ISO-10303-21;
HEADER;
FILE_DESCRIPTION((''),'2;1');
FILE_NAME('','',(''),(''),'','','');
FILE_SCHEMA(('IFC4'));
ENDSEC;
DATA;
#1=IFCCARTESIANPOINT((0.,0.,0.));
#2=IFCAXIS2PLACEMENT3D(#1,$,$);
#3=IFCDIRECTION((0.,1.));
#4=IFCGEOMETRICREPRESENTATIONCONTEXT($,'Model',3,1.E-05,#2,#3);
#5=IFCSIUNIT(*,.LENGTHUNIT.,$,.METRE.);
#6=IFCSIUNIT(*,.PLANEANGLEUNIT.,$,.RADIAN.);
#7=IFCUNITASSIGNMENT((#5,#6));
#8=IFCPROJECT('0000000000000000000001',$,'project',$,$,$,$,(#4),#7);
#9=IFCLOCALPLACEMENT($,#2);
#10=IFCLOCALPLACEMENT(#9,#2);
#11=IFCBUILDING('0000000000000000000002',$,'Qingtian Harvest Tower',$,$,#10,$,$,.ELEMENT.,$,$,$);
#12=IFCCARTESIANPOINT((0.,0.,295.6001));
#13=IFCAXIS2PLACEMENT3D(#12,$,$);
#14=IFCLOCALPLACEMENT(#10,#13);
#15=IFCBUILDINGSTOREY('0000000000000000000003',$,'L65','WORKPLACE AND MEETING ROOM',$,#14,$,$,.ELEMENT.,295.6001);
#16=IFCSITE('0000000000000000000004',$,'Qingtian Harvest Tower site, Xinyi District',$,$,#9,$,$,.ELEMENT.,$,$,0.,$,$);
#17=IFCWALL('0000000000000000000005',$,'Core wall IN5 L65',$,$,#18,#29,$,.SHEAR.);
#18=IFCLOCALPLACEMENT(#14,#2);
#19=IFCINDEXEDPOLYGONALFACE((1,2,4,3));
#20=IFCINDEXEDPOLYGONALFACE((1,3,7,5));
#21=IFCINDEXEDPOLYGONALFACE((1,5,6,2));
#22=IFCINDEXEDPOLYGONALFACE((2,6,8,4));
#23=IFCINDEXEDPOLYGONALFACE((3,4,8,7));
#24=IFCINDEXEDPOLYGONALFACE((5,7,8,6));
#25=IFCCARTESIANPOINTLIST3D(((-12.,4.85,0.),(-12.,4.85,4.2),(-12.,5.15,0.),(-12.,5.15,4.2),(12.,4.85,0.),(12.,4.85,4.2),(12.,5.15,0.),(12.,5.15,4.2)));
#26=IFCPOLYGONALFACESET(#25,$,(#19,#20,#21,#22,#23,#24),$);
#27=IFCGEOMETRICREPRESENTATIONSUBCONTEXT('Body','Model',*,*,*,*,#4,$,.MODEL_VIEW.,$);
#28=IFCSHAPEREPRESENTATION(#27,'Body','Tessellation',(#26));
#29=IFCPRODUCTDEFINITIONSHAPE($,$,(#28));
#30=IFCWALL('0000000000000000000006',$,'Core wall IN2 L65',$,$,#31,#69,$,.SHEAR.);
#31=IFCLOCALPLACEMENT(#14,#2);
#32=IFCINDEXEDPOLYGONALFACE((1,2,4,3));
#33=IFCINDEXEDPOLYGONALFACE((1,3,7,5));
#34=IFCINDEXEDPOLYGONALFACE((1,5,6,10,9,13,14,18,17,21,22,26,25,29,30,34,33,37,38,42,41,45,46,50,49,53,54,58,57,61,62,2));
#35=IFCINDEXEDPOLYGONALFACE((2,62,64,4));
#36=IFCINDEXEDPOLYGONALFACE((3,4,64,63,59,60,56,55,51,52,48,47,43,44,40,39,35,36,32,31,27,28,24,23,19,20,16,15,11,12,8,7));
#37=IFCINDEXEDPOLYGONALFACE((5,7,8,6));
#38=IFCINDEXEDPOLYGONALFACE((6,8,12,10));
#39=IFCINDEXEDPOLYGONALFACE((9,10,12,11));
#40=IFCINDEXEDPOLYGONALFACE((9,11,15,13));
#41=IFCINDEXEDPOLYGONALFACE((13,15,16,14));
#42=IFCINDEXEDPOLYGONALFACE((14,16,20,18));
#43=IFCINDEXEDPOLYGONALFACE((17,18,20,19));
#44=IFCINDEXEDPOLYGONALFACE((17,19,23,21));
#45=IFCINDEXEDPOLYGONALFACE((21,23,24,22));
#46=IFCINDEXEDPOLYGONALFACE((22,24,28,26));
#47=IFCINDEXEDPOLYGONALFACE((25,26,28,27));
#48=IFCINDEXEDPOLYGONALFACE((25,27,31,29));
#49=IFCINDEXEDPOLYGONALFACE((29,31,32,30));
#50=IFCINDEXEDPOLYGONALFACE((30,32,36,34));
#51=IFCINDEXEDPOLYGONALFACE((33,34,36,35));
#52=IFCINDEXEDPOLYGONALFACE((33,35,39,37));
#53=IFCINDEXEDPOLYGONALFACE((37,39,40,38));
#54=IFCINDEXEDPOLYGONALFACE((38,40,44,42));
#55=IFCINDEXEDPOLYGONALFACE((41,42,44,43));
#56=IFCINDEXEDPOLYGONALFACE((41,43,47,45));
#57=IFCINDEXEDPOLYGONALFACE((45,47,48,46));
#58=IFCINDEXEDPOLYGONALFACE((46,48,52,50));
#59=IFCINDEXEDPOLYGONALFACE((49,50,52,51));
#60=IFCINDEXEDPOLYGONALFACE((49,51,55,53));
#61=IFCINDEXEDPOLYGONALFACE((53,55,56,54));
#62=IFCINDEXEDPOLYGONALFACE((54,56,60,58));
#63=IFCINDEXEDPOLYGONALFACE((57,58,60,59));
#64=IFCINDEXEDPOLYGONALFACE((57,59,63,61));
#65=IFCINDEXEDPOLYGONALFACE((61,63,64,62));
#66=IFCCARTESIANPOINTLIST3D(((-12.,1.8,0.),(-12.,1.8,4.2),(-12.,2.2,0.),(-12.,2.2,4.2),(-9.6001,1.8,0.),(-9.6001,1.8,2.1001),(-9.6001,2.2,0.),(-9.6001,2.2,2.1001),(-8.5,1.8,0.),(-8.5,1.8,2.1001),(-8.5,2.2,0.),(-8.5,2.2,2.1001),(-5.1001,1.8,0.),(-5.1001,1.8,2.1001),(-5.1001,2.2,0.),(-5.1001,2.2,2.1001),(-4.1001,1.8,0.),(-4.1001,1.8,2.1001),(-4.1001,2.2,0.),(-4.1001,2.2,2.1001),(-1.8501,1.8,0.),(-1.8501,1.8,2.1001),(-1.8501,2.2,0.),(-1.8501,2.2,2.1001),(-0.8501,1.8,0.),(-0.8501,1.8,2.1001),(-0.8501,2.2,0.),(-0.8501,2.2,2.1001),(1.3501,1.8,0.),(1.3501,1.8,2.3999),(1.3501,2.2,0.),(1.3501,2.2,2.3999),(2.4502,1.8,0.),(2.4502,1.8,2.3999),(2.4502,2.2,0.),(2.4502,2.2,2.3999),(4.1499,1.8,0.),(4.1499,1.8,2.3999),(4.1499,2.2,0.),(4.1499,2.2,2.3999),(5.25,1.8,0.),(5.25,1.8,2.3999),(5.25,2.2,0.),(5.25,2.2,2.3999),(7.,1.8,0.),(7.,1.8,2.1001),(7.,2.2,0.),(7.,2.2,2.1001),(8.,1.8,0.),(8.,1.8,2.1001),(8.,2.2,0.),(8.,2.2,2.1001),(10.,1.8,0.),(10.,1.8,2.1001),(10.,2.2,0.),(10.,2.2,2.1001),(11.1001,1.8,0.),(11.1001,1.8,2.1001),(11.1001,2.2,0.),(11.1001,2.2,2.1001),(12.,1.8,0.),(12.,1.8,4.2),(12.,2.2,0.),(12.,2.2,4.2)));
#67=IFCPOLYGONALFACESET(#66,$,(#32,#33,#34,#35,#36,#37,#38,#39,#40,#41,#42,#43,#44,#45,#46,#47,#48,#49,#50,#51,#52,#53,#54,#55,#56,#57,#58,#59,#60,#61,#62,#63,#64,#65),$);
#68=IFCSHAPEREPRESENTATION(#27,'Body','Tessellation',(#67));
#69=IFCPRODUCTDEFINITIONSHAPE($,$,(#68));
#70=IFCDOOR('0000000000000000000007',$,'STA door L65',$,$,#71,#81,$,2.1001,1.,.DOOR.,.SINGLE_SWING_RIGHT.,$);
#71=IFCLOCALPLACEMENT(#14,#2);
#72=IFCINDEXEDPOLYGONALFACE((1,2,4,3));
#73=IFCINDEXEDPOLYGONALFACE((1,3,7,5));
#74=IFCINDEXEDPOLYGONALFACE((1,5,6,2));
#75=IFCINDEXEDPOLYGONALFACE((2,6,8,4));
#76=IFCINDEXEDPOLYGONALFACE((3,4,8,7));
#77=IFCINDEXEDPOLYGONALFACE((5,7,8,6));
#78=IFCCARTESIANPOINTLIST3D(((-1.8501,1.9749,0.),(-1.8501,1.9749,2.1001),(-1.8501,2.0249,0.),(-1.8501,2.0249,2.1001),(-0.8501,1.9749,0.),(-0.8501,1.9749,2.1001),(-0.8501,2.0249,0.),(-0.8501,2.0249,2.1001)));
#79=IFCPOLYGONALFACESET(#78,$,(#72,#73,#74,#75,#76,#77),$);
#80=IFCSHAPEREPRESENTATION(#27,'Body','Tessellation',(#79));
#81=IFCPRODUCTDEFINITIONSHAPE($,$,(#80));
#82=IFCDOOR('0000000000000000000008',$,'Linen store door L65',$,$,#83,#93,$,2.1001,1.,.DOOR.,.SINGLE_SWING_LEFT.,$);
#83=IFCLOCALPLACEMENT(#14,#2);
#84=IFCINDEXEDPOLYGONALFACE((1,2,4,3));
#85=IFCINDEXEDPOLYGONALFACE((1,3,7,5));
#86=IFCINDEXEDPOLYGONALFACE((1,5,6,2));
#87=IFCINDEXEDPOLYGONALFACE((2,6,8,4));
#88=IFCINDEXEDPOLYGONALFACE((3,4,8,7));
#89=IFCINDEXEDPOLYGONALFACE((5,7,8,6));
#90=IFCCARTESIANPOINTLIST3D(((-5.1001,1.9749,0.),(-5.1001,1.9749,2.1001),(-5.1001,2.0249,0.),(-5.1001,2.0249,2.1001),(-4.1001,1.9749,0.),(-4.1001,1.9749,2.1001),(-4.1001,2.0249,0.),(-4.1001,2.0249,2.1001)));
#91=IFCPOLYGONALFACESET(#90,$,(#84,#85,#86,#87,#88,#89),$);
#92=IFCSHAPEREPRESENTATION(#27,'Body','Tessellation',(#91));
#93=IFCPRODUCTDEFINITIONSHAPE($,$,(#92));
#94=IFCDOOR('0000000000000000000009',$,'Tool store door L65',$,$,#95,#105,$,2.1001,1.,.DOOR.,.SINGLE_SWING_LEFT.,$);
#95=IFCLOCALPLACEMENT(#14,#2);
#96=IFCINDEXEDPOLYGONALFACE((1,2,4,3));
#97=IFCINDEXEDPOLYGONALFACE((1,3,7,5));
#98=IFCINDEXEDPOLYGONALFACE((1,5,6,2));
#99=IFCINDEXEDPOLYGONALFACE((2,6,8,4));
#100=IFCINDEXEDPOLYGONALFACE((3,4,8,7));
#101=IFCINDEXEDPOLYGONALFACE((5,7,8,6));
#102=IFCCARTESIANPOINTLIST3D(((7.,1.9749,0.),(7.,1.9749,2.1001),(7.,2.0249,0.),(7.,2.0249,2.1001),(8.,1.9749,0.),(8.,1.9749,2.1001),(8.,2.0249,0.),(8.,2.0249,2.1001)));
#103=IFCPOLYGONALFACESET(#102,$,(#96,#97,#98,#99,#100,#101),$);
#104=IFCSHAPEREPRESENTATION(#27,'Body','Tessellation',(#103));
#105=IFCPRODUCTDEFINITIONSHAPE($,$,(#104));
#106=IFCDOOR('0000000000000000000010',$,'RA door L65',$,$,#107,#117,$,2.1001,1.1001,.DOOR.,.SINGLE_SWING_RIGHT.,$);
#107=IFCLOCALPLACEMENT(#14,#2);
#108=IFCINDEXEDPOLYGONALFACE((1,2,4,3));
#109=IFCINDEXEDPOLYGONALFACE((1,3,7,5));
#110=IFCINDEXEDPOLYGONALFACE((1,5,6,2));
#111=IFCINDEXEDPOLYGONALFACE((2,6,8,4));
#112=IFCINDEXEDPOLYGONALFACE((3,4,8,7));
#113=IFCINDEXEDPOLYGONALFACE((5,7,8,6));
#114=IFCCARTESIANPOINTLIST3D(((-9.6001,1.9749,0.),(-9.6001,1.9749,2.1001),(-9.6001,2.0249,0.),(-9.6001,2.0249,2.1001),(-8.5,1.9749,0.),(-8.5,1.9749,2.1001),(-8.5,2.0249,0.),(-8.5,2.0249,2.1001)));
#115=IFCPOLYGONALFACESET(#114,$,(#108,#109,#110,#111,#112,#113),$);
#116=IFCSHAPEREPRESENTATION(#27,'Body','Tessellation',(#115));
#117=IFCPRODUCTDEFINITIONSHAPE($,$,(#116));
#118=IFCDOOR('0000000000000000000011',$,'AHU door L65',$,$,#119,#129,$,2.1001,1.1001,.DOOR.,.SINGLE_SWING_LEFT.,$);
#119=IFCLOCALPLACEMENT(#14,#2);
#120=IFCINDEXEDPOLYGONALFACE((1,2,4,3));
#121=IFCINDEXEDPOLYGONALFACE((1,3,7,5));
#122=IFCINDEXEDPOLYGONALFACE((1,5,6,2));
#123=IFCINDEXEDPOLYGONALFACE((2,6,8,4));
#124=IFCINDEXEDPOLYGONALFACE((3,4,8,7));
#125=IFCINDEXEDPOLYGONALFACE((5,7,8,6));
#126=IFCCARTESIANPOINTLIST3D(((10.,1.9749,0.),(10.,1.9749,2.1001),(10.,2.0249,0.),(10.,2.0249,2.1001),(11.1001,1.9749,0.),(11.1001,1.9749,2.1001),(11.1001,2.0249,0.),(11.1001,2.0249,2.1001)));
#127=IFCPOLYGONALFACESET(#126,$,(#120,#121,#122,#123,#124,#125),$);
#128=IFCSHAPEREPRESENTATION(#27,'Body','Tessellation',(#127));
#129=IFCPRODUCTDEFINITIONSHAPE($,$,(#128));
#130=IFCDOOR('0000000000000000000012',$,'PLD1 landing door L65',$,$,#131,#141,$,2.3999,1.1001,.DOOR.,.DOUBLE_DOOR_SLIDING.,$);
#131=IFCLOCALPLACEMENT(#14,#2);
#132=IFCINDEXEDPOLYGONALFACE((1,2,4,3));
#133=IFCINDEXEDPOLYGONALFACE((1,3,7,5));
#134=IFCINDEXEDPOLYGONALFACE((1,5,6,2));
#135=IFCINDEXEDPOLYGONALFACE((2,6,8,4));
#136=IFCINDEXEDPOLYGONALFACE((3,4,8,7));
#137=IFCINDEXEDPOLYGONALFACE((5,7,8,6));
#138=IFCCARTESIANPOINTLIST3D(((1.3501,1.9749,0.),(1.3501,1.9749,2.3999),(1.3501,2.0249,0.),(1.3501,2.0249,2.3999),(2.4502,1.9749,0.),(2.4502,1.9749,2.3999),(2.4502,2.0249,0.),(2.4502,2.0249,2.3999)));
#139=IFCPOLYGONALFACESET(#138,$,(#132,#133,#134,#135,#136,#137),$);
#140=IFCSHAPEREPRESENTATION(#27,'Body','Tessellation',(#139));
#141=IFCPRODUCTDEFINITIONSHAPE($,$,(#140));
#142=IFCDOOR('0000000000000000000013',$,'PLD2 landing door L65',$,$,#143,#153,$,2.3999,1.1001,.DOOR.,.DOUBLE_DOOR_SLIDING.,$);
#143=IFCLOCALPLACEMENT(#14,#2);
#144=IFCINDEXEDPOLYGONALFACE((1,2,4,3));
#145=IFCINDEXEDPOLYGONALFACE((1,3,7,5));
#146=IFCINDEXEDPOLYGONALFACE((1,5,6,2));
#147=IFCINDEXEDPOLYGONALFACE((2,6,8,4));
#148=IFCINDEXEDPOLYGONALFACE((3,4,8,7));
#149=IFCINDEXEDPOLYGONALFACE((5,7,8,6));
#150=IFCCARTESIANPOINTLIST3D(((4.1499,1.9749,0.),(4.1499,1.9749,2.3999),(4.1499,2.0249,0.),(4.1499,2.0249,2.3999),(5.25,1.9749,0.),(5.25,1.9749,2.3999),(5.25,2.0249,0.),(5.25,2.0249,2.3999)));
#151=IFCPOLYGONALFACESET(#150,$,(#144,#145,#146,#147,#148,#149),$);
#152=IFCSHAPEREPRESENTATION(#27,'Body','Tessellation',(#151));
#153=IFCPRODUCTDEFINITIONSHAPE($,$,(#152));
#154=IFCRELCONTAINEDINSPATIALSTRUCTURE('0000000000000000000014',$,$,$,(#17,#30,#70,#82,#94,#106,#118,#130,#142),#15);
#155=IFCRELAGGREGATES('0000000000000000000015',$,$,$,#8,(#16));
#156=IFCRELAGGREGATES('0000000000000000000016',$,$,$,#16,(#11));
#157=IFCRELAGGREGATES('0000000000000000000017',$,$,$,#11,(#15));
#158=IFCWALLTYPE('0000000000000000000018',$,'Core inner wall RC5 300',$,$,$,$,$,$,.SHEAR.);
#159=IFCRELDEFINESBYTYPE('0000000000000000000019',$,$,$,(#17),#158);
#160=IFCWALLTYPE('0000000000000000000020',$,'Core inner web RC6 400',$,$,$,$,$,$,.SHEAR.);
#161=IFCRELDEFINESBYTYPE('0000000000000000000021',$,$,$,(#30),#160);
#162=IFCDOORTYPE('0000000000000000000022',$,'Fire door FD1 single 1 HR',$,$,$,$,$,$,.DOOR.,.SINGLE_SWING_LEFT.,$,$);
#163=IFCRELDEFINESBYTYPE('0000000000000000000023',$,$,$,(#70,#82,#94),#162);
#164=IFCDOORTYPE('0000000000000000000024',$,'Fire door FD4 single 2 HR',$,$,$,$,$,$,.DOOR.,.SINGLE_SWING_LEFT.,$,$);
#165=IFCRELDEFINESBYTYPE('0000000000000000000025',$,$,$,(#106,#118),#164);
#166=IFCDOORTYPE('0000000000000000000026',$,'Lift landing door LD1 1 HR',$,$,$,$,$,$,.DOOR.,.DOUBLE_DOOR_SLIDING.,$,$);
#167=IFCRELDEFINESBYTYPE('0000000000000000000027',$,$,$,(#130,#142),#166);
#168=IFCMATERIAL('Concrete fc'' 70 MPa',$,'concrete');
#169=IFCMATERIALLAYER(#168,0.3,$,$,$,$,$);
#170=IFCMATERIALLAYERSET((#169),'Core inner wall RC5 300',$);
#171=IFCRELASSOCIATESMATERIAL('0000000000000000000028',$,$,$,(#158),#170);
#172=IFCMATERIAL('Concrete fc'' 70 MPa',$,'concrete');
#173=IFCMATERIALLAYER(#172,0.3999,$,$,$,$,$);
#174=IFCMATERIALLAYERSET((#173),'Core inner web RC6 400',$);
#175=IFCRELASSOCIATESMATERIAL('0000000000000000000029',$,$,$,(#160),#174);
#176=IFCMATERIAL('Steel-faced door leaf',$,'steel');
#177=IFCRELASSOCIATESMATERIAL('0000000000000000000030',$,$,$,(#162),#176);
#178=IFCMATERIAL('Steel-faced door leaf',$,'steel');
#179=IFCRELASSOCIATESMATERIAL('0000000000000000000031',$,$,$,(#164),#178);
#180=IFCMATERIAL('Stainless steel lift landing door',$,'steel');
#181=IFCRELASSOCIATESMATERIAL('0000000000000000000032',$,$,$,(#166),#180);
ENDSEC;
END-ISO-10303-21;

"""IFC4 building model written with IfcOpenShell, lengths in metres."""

from ifc_helpers import new_model, si_unit, direction, frame, frame_2d, origin, place, context, subcontext, project, spatial, rectangle, extrude, material, layer, layer_set, type_object, element, fill, save


model = new_model("IFC4")

# Units and contexts
model_context = context("Model", 3, precision=1e-05, world=origin(), true_north=direction((0.0, 1.0)))
body_context = subcontext(model_context, "Body", "Model", "MODEL_VIEW")
ifc_project = project(units=[si_unit("LENGTHUNIT", "METRE"), si_unit("PLANEANGLEUNIT", "RADIAN")], contexts=[model_context])

# Site, building, storey
site_placement = place(None, origin())
site = spatial("IfcSite", under=ifc_project, at=site_placement, Name="Qingtian Harvest Tower site, Xinyi District", CompositionType="ELEMENT", RefElevation=0.0)
building_placement = place(site_placement, origin())
building = spatial("IfcBuilding", under=site, at=building_placement, Name="Qingtian Harvest Tower", CompositionType="ELEMENT")
storey_placement = place(building_placement, frame((0.0, 0.0, 295.6001)))
storey = spatial("IfcBuildingStorey", under=building, at=storey_placement, Name="L65", Description="WORKPLACE AND MEETING ROOM", CompositionType="ELEMENT", Elevation=295.6001)

# Wall
ifc_material_1 = material(Name="Concrete fc' 70 MPa", Category="concrete")
ifc_layer_1 = layer(ifc_material_1, 0.3)
ifc_layer_set_1 = layer_set([ifc_layer_1], Name="Core inner wall RC5 300")
wall_type_1 = type_object("IfcWallType", Name="Core inner wall RC5 300", PredefinedType="SHEAR", material=ifc_layer_set_1)
wall_1_placement = place(storey_placement, frame((-12.0, 5.0, 0.0), z_axis=(0.0, 0.0, 1.0), x_axis=(1.0, 0.0, 0.0)))
element("IfcWall", 1, at=wall_1_placement, inside=storey, type_object=wall_type_1, Name="Core wall IN5 L65", PredefinedType="SHEAR", context=body_context, shape_type="SweptSolid", body=[
    extrude(rectangle(XDim=24.0, YDim=0.3, at=frame_2d((12.0, 0.0))), origin(), (0.0, 0.0, 1.0), 4.2),
])

# Wall, openings, doors
ifc_material_2 = material(Name="Concrete fc' 70 MPa", Category="concrete")
ifc_layer_2 = layer(ifc_material_2, 0.3999)
ifc_layer_set_2 = layer_set([ifc_layer_2], Name="Core inner web RC6 400")
wall_type_2 = type_object("IfcWallType", Name="Core inner web RC6 400", PredefinedType="SHEAR", material=ifc_layer_set_2)
wall_2_placement = place(storey_placement, frame((-12.0, 2.0, 0.0), z_axis=(0.0, 0.0, 1.0), x_axis=(1.0, 0.0, 0.0)))
wall_2 = element("IfcWall", 2, at=wall_2_placement, inside=storey, type_object=wall_type_2, Name="Core wall IN2 L65", PredefinedType="SHEAR", context=body_context, shape_type="SweptSolid", body=[
    extrude(rectangle(XDim=24.0, YDim=0.3999, at=frame_2d((12.0, 0.0))), origin(), (0.0, 0.0, 1.0), 4.2),
])
opening_1_placement = place(wall_2_placement, frame((2.3999, 0.0, 0.0)))
opening_1 = element("IfcOpeningElement", 3, at=opening_1_placement, cuts=wall_2, PredefinedType="OPENING", context=body_context, shape_type="SweptSolid", body=[
    extrude(rectangle(XDim=1.1001, YDim=2.1001, at=frame_2d((0.55, 1.05))), frame((0.0, 0.21, 0.0), z_axis=(0.0, -1.0, 0.0), x_axis=(1.0, 0.0, 0.0)), (0.0, 0.0, 1.0), 0.4199),
])
opening_2_placement = place(wall_2_placement, frame((22.0, 0.0, 0.0)))
opening_2 = element("IfcOpeningElement", 4, at=opening_2_placement, cuts=wall_2, PredefinedType="OPENING", context=body_context, shape_type="SweptSolid", body=[
    extrude(rectangle(XDim=1.1001, YDim=2.1001, at=frame_2d((0.55, 1.05))), frame((0.0, 0.21, 0.0), z_axis=(0.0, -1.0, 0.0), x_axis=(1.0, 0.0, 0.0)), (0.0, 0.0, 1.0), 0.4199),
])
opening_3_placement = place(wall_2_placement, frame((10.1499, 0.0, 0.0)))
opening_3 = element("IfcOpeningElement", 5, at=opening_3_placement, cuts=wall_2, PredefinedType="OPENING", context=body_context, shape_type="SweptSolid", body=[
    extrude(rectangle(XDim=1.0, YDim=2.1001, at=frame_2d((0.5, 1.05))), frame((0.0, 0.21, 0.0), z_axis=(0.0, -1.0, 0.0), x_axis=(1.0, 0.0, 0.0)), (0.0, 0.0, 1.0), 0.4199),
])
opening_4_placement = place(wall_2_placement, frame((6.8999, 0.0, 0.0)))
opening_4 = element("IfcOpeningElement", 6, at=opening_4_placement, cuts=wall_2, PredefinedType="OPENING", context=body_context, shape_type="SweptSolid", body=[
    extrude(rectangle(XDim=1.0, YDim=2.1001, at=frame_2d((0.5, 1.05))), frame((0.0, 0.21, 0.0), z_axis=(0.0, -1.0, 0.0), x_axis=(1.0, 0.0, 0.0)), (0.0, 0.0, 1.0), 0.4199),
])
opening_5_placement = place(wall_2_placement, frame((13.3501, 0.0, 0.0)))
opening_5 = element("IfcOpeningElement", 7, at=opening_5_placement, cuts=wall_2, PredefinedType="OPENING", context=body_context, shape_type="SweptSolid", body=[
    extrude(rectangle(XDim=1.1001, YDim=2.3999, at=frame_2d((0.55, 1.2))), frame((0.0, 0.21, 0.0), z_axis=(0.0, -1.0, 0.0), x_axis=(1.0, 0.0, 0.0)), (0.0, 0.0, 1.0), 0.4199),
])
opening_6_placement = place(wall_2_placement, frame((16.1499, 0.0, 0.0)))
opening_6 = element("IfcOpeningElement", 8, at=opening_6_placement, cuts=wall_2, PredefinedType="OPENING", context=body_context, shape_type="SweptSolid", body=[
    extrude(rectangle(XDim=1.1001, YDim=2.3999, at=frame_2d((0.55, 1.2))), frame((0.0, 0.21, 0.0), z_axis=(0.0, -1.0, 0.0), x_axis=(1.0, 0.0, 0.0)), (0.0, 0.0, 1.0), 0.4199),
])
opening_7_placement = place(wall_2_placement, frame((19.0, 0.0, 0.0)))
opening_7 = element("IfcOpeningElement", 9, at=opening_7_placement, cuts=wall_2, PredefinedType="OPENING", context=body_context, shape_type="SweptSolid", body=[
    extrude(rectangle(XDim=1.0, YDim=2.1001, at=frame_2d((0.5, 1.05))), frame((0.0, 0.21, 0.0), z_axis=(0.0, -1.0, 0.0), x_axis=(1.0, 0.0, 0.0)), (0.0, 0.0, 1.0), 0.4199),
])
ifc_material_3 = material(Name="Steel-faced door leaf", Category="steel")
door_type_1 = type_object("IfcDoorType", Name="Fire door FD1 single 1 HR", OperationType="SINGLE_SWING_LEFT", PredefinedType="DOOR", material=ifc_material_3)
door_1_placement = place(opening_3_placement, origin())
door_1 = element("IfcDoor", 10, at=door_1_placement, inside=storey, type_object=door_type_1, Name="STA door L65", OperationType="SINGLE_SWING_RIGHT", OverallHeight=2.1001, OverallWidth=1.0, PredefinedType="DOOR", context=body_context, shape_type="SweptSolid", body=[
    extrude(rectangle(XDim=1.0, YDim=2.1001, at=frame_2d((0.5, 1.05))), frame((0.0, 0.0249, 0.0), z_axis=(0.0, -1.0, 0.0), x_axis=(1.0, 0.0, 0.0)), (0.0, 0.0, 1.0), 0.05),
])
fill(opening_3, door_1)
door_2_placement = place(opening_4_placement, origin())
door_2 = element("IfcDoor", 11, at=door_2_placement, inside=storey, type_object=door_type_1, Name="Linen store door L65", OperationType="SINGLE_SWING_LEFT", OverallHeight=2.1001, OverallWidth=1.0, PredefinedType="DOOR", context=body_context, shape_type="SweptSolid", body=[
    extrude(rectangle(XDim=1.0, YDim=2.1001, at=frame_2d((0.5, 1.05))), frame((0.0, 0.0249, 0.0), z_axis=(0.0, -1.0, 0.0), x_axis=(1.0, 0.0, 0.0)), (0.0, 0.0, 1.0), 0.05),
])
fill(opening_4, door_2)
door_3_placement = place(opening_7_placement, origin())
door_3 = element("IfcDoor", 12, at=door_3_placement, inside=storey, type_object=door_type_1, Name="Tool store door L65", OperationType="SINGLE_SWING_LEFT", OverallHeight=2.1001, OverallWidth=1.0, PredefinedType="DOOR", context=body_context, shape_type="SweptSolid", body=[
    extrude(rectangle(XDim=1.0, YDim=2.1001, at=frame_2d((0.5, 1.05))), frame((0.0, 0.0249, 0.0), z_axis=(0.0, -1.0, 0.0), x_axis=(1.0, 0.0, 0.0)), (0.0, 0.0, 1.0), 0.05),
])
fill(opening_7, door_3)
ifc_material_4 = material(Name="Steel-faced door leaf", Category="steel")
door_type_2 = type_object("IfcDoorType", Name="Fire door FD4 single 2 HR", OperationType="SINGLE_SWING_LEFT", PredefinedType="DOOR", material=ifc_material_4)
door_4_placement = place(opening_1_placement, origin())
door_4 = element("IfcDoor", 13, at=door_4_placement, inside=storey, type_object=door_type_2, Name="RA door L65", OperationType="SINGLE_SWING_RIGHT", OverallHeight=2.1001, OverallWidth=1.1001, PredefinedType="DOOR", context=body_context, shape_type="SweptSolid", body=[
    extrude(rectangle(XDim=1.1001, YDim=2.1001, at=frame_2d((0.55, 1.05))), frame((0.0, 0.0249, 0.0), z_axis=(0.0, -1.0, 0.0), x_axis=(1.0, 0.0, 0.0)), (0.0, 0.0, 1.0), 0.05),
])
fill(opening_1, door_4)
door_5_placement = place(opening_2_placement, origin())
door_5 = element("IfcDoor", 14, at=door_5_placement, inside=storey, type_object=door_type_2, Name="AHU door L65", OperationType="SINGLE_SWING_LEFT", OverallHeight=2.1001, OverallWidth=1.1001, PredefinedType="DOOR", context=body_context, shape_type="SweptSolid", body=[
    extrude(rectangle(XDim=1.1001, YDim=2.1001, at=frame_2d((0.55, 1.05))), frame((0.0, 0.0249, 0.0), z_axis=(0.0, -1.0, 0.0), x_axis=(1.0, 0.0, 0.0)), (0.0, 0.0, 1.0), 0.05),
])
fill(opening_2, door_5)
ifc_material_5 = material(Name="Stainless steel lift landing door", Category="steel")
door_type_3 = type_object("IfcDoorType", Name="Lift landing door LD1 1 HR", OperationType="DOUBLE_DOOR_SLIDING", PredefinedType="DOOR", material=ifc_material_5)
door_6_placement = place(opening_5_placement, origin())
door_6 = element("IfcDoor", 15, at=door_6_placement, inside=storey, type_object=door_type_3, Name="PLD1 landing door L65", OperationType="DOUBLE_DOOR_SLIDING", OverallHeight=2.3999, OverallWidth=1.1001, PredefinedType="DOOR", context=body_context, shape_type="SweptSolid", body=[
    extrude(rectangle(XDim=1.1001, YDim=2.3999, at=frame_2d((0.55, 1.2))), frame((0.0, 0.0249, 0.0), z_axis=(0.0, -1.0, 0.0), x_axis=(1.0, 0.0, 0.0)), (0.0, 0.0, 1.0), 0.05),
])
fill(opening_5, door_6)
door_7_placement = place(opening_6_placement, origin())
door_7 = element("IfcDoor", 16, at=door_7_placement, inside=storey, type_object=door_type_3, Name="PLD2 landing door L65", OperationType="DOUBLE_DOOR_SLIDING", OverallHeight=2.3999, OverallWidth=1.1001, PredefinedType="DOOR", context=body_context, shape_type="SweptSolid", body=[
    extrude(rectangle(XDim=1.1001, YDim=2.3999, at=frame_2d((0.55, 1.2))), frame((0.0, 0.0249, 0.0), z_axis=(0.0, -1.0, 0.0), x_axis=(1.0, 0.0, 0.0)), (0.0, 0.0, 1.0), 0.05),
])
fill(opening_6, door_7)

save(model, "model.ifc")
